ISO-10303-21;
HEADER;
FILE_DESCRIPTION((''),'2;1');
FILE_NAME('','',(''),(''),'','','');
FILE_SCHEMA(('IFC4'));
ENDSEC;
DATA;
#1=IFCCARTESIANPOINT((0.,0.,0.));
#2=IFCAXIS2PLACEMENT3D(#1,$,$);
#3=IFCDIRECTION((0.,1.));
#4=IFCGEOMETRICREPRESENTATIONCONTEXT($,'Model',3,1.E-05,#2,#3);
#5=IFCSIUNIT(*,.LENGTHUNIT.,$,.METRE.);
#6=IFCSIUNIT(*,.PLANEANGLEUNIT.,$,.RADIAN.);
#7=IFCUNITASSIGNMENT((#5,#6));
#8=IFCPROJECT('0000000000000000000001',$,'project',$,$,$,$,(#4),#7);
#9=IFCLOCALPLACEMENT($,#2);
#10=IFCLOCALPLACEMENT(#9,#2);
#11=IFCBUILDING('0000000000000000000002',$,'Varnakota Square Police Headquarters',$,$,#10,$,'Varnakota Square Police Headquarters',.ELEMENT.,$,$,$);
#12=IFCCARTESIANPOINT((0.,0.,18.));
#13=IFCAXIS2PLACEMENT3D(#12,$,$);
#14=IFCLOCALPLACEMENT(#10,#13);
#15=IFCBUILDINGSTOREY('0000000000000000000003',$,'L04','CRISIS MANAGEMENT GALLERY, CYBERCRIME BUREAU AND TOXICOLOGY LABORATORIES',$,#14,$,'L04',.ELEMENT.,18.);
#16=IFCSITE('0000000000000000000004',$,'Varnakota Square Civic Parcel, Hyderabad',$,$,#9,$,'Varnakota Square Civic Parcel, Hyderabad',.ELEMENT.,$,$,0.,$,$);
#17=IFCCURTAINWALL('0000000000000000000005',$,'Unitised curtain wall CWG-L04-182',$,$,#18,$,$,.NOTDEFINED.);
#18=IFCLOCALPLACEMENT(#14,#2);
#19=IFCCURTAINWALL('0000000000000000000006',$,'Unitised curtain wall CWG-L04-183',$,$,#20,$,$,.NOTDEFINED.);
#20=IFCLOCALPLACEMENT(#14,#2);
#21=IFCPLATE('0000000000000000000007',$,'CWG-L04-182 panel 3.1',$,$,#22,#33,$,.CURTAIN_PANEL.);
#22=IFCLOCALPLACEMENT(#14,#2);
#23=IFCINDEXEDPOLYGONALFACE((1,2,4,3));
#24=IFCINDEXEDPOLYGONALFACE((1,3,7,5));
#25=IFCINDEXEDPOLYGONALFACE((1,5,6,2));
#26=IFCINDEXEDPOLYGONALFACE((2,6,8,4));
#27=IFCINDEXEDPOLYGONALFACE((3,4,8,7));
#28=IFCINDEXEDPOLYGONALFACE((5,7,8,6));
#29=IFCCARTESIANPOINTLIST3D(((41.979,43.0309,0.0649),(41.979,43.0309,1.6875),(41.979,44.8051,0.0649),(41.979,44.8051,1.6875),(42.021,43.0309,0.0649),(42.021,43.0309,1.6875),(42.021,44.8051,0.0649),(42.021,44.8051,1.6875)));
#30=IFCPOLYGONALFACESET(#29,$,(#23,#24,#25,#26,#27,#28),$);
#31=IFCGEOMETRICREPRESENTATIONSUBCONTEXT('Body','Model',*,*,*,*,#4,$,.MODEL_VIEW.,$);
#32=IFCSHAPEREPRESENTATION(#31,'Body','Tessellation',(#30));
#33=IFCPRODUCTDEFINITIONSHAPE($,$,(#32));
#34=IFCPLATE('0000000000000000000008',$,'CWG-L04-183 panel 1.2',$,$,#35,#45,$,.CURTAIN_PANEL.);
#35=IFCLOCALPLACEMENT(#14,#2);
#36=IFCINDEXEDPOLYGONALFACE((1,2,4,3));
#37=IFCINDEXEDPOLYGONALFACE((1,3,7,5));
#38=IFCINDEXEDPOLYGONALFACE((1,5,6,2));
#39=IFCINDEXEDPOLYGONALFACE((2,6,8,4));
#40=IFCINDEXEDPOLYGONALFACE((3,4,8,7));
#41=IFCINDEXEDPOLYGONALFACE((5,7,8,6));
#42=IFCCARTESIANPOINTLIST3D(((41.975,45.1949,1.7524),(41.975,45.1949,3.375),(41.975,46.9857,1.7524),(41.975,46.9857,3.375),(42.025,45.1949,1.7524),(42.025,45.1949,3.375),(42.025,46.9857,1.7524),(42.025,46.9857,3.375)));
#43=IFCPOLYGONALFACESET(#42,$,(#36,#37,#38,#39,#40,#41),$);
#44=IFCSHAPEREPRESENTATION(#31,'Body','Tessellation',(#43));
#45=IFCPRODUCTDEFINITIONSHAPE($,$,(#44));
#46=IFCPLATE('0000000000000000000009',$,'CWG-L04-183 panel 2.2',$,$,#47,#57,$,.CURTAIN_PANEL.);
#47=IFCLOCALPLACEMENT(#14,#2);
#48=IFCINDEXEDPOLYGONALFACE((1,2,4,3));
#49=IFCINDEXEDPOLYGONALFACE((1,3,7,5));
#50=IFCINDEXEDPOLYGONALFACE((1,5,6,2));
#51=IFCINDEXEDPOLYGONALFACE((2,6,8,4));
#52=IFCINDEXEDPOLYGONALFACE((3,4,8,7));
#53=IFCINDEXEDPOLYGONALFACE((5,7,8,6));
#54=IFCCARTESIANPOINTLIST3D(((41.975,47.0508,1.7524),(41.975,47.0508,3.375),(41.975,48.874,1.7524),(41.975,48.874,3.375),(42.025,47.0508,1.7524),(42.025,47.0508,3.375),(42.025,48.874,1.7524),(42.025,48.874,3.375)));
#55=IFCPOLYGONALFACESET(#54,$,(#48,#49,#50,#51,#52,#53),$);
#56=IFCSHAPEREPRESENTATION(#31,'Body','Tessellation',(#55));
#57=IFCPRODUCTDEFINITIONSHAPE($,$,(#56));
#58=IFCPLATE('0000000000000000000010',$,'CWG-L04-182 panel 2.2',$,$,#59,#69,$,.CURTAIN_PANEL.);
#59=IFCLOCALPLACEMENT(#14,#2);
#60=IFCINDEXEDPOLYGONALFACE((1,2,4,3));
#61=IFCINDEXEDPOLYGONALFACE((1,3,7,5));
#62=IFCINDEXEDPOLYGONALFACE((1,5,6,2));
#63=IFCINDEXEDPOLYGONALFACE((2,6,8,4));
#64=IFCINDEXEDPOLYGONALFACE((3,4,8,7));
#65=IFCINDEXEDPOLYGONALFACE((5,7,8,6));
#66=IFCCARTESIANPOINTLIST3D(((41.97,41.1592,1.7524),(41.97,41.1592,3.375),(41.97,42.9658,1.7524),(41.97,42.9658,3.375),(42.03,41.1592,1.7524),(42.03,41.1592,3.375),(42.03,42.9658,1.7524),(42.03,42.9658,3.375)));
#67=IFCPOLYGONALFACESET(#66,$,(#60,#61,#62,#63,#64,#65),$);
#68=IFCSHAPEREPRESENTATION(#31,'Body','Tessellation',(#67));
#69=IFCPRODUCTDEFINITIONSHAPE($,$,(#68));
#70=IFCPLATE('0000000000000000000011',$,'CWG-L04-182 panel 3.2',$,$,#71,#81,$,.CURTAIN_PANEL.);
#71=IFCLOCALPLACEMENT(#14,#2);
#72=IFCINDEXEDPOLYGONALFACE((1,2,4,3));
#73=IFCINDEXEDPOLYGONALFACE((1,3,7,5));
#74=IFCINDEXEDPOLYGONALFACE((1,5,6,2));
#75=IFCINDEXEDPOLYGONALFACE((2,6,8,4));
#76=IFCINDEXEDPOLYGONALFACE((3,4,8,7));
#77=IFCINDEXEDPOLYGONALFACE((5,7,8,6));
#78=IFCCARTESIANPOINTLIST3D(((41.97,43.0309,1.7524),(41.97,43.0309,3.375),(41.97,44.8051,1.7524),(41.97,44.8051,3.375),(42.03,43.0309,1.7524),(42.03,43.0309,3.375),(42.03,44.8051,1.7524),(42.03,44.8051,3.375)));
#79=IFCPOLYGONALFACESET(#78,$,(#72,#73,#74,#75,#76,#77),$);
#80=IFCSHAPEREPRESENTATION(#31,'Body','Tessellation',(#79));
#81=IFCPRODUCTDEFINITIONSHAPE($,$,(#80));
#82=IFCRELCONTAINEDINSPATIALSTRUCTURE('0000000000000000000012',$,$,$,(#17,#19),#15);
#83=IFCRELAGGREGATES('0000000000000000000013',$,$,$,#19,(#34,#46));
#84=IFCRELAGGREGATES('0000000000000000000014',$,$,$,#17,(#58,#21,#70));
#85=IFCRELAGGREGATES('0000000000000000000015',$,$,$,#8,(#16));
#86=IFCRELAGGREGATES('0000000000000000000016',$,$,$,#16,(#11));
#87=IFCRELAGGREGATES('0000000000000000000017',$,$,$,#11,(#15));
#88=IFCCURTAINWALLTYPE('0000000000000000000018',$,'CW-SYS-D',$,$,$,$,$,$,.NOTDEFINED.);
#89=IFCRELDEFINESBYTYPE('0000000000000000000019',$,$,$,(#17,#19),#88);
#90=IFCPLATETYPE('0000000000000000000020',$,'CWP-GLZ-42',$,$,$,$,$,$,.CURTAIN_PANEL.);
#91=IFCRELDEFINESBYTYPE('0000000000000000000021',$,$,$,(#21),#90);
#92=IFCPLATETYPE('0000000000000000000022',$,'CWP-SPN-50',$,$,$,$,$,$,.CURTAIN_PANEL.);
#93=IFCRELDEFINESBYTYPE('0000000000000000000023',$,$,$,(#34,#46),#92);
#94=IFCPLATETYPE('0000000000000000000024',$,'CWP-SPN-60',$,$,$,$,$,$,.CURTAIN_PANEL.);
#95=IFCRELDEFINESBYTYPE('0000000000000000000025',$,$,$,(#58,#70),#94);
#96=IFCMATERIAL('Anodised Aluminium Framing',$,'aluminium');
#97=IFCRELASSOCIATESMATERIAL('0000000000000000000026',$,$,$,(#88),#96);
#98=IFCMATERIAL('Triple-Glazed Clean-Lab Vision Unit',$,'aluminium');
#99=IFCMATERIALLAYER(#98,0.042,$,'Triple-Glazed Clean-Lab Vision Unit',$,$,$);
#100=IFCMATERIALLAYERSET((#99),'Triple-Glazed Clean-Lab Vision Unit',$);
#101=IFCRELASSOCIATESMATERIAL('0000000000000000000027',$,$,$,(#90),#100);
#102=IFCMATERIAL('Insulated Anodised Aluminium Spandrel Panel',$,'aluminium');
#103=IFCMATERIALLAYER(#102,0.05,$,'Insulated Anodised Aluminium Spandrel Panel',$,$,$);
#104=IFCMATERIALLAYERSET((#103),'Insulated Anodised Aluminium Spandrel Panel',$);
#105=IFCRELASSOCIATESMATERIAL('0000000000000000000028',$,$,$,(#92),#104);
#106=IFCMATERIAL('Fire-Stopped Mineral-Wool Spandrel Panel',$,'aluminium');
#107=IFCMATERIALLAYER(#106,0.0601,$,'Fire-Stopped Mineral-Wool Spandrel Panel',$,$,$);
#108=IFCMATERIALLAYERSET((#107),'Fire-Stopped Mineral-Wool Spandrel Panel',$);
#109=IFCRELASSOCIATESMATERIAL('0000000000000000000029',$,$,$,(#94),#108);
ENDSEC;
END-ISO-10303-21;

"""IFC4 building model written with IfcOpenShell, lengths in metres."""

from ifc_helpers import new_model, si_unit, direction, frame, origin, origin_2d, place, context, subcontext, project, spatial, rectangle, extrude, material, layer, layer_set, type_object, element, aggregate, save


model = new_model("IFC4")

# Units and contexts
model_context = context("Model", 3, precision=1e-05, world=origin(), true_north=direction((0.0, 1.0)))
body_context = subcontext(model_context, "Body", "Model", "MODEL_VIEW")
ifc_project = project(units=[si_unit("LENGTHUNIT", "METRE"), si_unit("PLANEANGLEUNIT", "RADIAN")], contexts=[model_context])

# Site, building, storey
site_placement = place(None, origin())
site = spatial("IfcSite", under=ifc_project, at=site_placement, Name="Varnakota Square Civic Parcel, Hyderabad", LongName="Varnakota Square Civic Parcel, Hyderabad", CompositionType="ELEMENT", RefElevation=0.0)
building_placement = place(site_placement, origin())
building = spatial("IfcBuilding", under=site, at=building_placement, Name="Varnakota Square Police Headquarters", LongName="Varnakota Square Police Headquarters", CompositionType="ELEMENT")
storey_placement = place(building_placement, frame((0.0, 0.0, 18.0)))
storey = spatial("IfcBuildingStorey", under=building, at=storey_placement, Name="L04", Description="CRISIS MANAGEMENT GALLERY, CYBERCRIME BUREAU AND TOXICOLOGY LABORATORIES", LongName="L04", CompositionType="ELEMENT", Elevation=18.0)

# Curtain walls
ifc_material_1 = material(Name="Anodised Aluminium Framing", Category="aluminium")
curtain_wall_type = type_object("IfcCurtainWallType", Name="CW-SYS-D", PredefinedType="NOTDEFINED", material=ifc_material_1)
curtain_wall_1_placement = place(storey_placement, origin())
curtain_wall_1 = element("IfcCurtainWall", 1, at=curtain_wall_1_placement, inside=storey, type_object=curtain_wall_type, Name="Unitised curtain wall CWG-L04-182", PredefinedType="NOTDEFINED")
curtain_wall_2_placement = place(storey_placement, origin())
curtain_wall_2 = element("IfcCurtainWall", 2, at=curtain_wall_2_placement, inside=storey, type_object=curtain_wall_type, Name="Unitised curtain wall CWG-L04-183", PredefinedType="NOTDEFINED")

# Plates
ifc_material_2 = material(Name="Triple-Glazed Clean-Lab Vision Unit", Category="aluminium")
ifc_layer_1 = layer(ifc_material_2, 0.042, Name="Triple-Glazed Clean-Lab Vision Unit")
ifc_layer_set_1 = layer_set([ifc_layer_1], Name="Triple-Glazed Clean-Lab Vision Unit")
plate_type_1 = type_object("IfcPlateType", Name="CWP-GLZ-42", PredefinedType="CURTAIN_PANEL", material=ifc_layer_set_1)
plate_1_placement = place(storey_placement, frame((42.0, 43.918, 0.0649), z_axis=(0.0, 0.0, 1.0), x_axis=(0.0, 1.0, 0.0)))
plate_1 = element("IfcPlate", 3, at=plate_1_placement, type_object=plate_type_1, Name="CWG-L04-182 panel 3.1", PredefinedType="CURTAIN_PANEL", context=body_context, shape_type="SweptSolid", body=[
    extrude(rectangle(XDim=1.7742, YDim=0.042, at=origin_2d()), origin(), (0.0, 0.0, 1.0), 1.6226),
])
ifc_material_3 = material(Name="Insulated Anodised Aluminium Spandrel Panel", Category="aluminium")
ifc_layer_2 = layer(ifc_material_3, 0.05, Name="Insulated Anodised Aluminium Spandrel Panel")
ifc_layer_set_2 = layer_set([ifc_layer_2], Name="Insulated Anodised Aluminium Spandrel Panel")
plate_type_2 = type_object("IfcPlateType", Name="CWP-SPN-50", PredefinedType="CURTAIN_PANEL", material=ifc_layer_set_2)
plate_2_placement = place(storey_placement, frame((42.0, 46.0903, 1.7524), z_axis=(0.0, 0.0, 1.0), x_axis=(0.0, 1.0, 0.0)))
plate_2 = element("IfcPlate", 4, at=plate_2_placement, type_object=plate_type_2, Name="CWG-L04-183 panel 1.2", PredefinedType="CURTAIN_PANEL", context=body_context, shape_type="SweptSolid", body=[
    extrude(rectangle(XDim=1.7908, YDim=0.05, at=origin_2d()), origin(), (0.0, 0.0, 1.0), 1.6226),
])
plate_3_placement = place(storey_placement, frame((42.0, 47.9624, 1.7524), z_axis=(0.0, 0.0, 1.0), x_axis=(0.0, 1.0, 0.0)))
plate_3 = element("IfcPlate", 5, at=plate_3_placement, type_object=plate_type_2, Name="CWG-L04-183 panel 2.2", PredefinedType="CURTAIN_PANEL", context=body_context, shape_type="SweptSolid", body=[
    extrude(rectangle(XDim=1.8232, YDim=0.05, at=origin_2d()), origin(), (0.0, 0.0, 1.0), 1.6226),
])
aggregate(curtain_wall_2, [plate_2, plate_3])
ifc_material_4 = material(Name="Fire-Stopped Mineral-Wool Spandrel Panel", Category="aluminium")
ifc_layer_3 = layer(ifc_material_4, 0.0601, Name="Fire-Stopped Mineral-Wool Spandrel Panel")
ifc_layer_set_3 = layer_set([ifc_layer_3], Name="Fire-Stopped Mineral-Wool Spandrel Panel")
plate_type_3 = type_object("IfcPlateType", Name="CWP-SPN-60", PredefinedType="CURTAIN_PANEL", material=ifc_layer_set_3)
plate_4_placement = place(storey_placement, frame((42.0, 42.0625, 1.7524), z_axis=(0.0, 0.0, 1.0), x_axis=(0.0, 1.0, 0.0)))
plate_4 = element("IfcPlate", 6, at=plate_4_placement, type_object=plate_type_3, Name="CWG-L04-182 panel 2.2", PredefinedType="CURTAIN_PANEL", context=body_context, shape_type="SweptSolid", body=[
    extrude(rectangle(XDim=1.8066, YDim=0.0601, at=origin_2d()), origin(), (0.0, 0.0, 1.0), 1.6226),
])
plate_5_placement = place(storey_placement, frame((42.0, 43.918, 1.7524), z_axis=(0.0, 0.0, 1.0), x_axis=(0.0, 1.0, 0.0)))
plate_5 = element("IfcPlate", 7, at=plate_5_placement, type_object=plate_type_3, Name="CWG-L04-182 panel 3.2", PredefinedType="CURTAIN_PANEL", context=body_context, shape_type="SweptSolid", body=[
    extrude(rectangle(XDim=1.7742, YDim=0.0601, at=origin_2d()), origin(), (0.0, 0.0, 1.0), 1.6226),
])
aggregate(curtain_wall_1, [plate_4, plate_1, plate_5])

save(model, "model.ifc")
